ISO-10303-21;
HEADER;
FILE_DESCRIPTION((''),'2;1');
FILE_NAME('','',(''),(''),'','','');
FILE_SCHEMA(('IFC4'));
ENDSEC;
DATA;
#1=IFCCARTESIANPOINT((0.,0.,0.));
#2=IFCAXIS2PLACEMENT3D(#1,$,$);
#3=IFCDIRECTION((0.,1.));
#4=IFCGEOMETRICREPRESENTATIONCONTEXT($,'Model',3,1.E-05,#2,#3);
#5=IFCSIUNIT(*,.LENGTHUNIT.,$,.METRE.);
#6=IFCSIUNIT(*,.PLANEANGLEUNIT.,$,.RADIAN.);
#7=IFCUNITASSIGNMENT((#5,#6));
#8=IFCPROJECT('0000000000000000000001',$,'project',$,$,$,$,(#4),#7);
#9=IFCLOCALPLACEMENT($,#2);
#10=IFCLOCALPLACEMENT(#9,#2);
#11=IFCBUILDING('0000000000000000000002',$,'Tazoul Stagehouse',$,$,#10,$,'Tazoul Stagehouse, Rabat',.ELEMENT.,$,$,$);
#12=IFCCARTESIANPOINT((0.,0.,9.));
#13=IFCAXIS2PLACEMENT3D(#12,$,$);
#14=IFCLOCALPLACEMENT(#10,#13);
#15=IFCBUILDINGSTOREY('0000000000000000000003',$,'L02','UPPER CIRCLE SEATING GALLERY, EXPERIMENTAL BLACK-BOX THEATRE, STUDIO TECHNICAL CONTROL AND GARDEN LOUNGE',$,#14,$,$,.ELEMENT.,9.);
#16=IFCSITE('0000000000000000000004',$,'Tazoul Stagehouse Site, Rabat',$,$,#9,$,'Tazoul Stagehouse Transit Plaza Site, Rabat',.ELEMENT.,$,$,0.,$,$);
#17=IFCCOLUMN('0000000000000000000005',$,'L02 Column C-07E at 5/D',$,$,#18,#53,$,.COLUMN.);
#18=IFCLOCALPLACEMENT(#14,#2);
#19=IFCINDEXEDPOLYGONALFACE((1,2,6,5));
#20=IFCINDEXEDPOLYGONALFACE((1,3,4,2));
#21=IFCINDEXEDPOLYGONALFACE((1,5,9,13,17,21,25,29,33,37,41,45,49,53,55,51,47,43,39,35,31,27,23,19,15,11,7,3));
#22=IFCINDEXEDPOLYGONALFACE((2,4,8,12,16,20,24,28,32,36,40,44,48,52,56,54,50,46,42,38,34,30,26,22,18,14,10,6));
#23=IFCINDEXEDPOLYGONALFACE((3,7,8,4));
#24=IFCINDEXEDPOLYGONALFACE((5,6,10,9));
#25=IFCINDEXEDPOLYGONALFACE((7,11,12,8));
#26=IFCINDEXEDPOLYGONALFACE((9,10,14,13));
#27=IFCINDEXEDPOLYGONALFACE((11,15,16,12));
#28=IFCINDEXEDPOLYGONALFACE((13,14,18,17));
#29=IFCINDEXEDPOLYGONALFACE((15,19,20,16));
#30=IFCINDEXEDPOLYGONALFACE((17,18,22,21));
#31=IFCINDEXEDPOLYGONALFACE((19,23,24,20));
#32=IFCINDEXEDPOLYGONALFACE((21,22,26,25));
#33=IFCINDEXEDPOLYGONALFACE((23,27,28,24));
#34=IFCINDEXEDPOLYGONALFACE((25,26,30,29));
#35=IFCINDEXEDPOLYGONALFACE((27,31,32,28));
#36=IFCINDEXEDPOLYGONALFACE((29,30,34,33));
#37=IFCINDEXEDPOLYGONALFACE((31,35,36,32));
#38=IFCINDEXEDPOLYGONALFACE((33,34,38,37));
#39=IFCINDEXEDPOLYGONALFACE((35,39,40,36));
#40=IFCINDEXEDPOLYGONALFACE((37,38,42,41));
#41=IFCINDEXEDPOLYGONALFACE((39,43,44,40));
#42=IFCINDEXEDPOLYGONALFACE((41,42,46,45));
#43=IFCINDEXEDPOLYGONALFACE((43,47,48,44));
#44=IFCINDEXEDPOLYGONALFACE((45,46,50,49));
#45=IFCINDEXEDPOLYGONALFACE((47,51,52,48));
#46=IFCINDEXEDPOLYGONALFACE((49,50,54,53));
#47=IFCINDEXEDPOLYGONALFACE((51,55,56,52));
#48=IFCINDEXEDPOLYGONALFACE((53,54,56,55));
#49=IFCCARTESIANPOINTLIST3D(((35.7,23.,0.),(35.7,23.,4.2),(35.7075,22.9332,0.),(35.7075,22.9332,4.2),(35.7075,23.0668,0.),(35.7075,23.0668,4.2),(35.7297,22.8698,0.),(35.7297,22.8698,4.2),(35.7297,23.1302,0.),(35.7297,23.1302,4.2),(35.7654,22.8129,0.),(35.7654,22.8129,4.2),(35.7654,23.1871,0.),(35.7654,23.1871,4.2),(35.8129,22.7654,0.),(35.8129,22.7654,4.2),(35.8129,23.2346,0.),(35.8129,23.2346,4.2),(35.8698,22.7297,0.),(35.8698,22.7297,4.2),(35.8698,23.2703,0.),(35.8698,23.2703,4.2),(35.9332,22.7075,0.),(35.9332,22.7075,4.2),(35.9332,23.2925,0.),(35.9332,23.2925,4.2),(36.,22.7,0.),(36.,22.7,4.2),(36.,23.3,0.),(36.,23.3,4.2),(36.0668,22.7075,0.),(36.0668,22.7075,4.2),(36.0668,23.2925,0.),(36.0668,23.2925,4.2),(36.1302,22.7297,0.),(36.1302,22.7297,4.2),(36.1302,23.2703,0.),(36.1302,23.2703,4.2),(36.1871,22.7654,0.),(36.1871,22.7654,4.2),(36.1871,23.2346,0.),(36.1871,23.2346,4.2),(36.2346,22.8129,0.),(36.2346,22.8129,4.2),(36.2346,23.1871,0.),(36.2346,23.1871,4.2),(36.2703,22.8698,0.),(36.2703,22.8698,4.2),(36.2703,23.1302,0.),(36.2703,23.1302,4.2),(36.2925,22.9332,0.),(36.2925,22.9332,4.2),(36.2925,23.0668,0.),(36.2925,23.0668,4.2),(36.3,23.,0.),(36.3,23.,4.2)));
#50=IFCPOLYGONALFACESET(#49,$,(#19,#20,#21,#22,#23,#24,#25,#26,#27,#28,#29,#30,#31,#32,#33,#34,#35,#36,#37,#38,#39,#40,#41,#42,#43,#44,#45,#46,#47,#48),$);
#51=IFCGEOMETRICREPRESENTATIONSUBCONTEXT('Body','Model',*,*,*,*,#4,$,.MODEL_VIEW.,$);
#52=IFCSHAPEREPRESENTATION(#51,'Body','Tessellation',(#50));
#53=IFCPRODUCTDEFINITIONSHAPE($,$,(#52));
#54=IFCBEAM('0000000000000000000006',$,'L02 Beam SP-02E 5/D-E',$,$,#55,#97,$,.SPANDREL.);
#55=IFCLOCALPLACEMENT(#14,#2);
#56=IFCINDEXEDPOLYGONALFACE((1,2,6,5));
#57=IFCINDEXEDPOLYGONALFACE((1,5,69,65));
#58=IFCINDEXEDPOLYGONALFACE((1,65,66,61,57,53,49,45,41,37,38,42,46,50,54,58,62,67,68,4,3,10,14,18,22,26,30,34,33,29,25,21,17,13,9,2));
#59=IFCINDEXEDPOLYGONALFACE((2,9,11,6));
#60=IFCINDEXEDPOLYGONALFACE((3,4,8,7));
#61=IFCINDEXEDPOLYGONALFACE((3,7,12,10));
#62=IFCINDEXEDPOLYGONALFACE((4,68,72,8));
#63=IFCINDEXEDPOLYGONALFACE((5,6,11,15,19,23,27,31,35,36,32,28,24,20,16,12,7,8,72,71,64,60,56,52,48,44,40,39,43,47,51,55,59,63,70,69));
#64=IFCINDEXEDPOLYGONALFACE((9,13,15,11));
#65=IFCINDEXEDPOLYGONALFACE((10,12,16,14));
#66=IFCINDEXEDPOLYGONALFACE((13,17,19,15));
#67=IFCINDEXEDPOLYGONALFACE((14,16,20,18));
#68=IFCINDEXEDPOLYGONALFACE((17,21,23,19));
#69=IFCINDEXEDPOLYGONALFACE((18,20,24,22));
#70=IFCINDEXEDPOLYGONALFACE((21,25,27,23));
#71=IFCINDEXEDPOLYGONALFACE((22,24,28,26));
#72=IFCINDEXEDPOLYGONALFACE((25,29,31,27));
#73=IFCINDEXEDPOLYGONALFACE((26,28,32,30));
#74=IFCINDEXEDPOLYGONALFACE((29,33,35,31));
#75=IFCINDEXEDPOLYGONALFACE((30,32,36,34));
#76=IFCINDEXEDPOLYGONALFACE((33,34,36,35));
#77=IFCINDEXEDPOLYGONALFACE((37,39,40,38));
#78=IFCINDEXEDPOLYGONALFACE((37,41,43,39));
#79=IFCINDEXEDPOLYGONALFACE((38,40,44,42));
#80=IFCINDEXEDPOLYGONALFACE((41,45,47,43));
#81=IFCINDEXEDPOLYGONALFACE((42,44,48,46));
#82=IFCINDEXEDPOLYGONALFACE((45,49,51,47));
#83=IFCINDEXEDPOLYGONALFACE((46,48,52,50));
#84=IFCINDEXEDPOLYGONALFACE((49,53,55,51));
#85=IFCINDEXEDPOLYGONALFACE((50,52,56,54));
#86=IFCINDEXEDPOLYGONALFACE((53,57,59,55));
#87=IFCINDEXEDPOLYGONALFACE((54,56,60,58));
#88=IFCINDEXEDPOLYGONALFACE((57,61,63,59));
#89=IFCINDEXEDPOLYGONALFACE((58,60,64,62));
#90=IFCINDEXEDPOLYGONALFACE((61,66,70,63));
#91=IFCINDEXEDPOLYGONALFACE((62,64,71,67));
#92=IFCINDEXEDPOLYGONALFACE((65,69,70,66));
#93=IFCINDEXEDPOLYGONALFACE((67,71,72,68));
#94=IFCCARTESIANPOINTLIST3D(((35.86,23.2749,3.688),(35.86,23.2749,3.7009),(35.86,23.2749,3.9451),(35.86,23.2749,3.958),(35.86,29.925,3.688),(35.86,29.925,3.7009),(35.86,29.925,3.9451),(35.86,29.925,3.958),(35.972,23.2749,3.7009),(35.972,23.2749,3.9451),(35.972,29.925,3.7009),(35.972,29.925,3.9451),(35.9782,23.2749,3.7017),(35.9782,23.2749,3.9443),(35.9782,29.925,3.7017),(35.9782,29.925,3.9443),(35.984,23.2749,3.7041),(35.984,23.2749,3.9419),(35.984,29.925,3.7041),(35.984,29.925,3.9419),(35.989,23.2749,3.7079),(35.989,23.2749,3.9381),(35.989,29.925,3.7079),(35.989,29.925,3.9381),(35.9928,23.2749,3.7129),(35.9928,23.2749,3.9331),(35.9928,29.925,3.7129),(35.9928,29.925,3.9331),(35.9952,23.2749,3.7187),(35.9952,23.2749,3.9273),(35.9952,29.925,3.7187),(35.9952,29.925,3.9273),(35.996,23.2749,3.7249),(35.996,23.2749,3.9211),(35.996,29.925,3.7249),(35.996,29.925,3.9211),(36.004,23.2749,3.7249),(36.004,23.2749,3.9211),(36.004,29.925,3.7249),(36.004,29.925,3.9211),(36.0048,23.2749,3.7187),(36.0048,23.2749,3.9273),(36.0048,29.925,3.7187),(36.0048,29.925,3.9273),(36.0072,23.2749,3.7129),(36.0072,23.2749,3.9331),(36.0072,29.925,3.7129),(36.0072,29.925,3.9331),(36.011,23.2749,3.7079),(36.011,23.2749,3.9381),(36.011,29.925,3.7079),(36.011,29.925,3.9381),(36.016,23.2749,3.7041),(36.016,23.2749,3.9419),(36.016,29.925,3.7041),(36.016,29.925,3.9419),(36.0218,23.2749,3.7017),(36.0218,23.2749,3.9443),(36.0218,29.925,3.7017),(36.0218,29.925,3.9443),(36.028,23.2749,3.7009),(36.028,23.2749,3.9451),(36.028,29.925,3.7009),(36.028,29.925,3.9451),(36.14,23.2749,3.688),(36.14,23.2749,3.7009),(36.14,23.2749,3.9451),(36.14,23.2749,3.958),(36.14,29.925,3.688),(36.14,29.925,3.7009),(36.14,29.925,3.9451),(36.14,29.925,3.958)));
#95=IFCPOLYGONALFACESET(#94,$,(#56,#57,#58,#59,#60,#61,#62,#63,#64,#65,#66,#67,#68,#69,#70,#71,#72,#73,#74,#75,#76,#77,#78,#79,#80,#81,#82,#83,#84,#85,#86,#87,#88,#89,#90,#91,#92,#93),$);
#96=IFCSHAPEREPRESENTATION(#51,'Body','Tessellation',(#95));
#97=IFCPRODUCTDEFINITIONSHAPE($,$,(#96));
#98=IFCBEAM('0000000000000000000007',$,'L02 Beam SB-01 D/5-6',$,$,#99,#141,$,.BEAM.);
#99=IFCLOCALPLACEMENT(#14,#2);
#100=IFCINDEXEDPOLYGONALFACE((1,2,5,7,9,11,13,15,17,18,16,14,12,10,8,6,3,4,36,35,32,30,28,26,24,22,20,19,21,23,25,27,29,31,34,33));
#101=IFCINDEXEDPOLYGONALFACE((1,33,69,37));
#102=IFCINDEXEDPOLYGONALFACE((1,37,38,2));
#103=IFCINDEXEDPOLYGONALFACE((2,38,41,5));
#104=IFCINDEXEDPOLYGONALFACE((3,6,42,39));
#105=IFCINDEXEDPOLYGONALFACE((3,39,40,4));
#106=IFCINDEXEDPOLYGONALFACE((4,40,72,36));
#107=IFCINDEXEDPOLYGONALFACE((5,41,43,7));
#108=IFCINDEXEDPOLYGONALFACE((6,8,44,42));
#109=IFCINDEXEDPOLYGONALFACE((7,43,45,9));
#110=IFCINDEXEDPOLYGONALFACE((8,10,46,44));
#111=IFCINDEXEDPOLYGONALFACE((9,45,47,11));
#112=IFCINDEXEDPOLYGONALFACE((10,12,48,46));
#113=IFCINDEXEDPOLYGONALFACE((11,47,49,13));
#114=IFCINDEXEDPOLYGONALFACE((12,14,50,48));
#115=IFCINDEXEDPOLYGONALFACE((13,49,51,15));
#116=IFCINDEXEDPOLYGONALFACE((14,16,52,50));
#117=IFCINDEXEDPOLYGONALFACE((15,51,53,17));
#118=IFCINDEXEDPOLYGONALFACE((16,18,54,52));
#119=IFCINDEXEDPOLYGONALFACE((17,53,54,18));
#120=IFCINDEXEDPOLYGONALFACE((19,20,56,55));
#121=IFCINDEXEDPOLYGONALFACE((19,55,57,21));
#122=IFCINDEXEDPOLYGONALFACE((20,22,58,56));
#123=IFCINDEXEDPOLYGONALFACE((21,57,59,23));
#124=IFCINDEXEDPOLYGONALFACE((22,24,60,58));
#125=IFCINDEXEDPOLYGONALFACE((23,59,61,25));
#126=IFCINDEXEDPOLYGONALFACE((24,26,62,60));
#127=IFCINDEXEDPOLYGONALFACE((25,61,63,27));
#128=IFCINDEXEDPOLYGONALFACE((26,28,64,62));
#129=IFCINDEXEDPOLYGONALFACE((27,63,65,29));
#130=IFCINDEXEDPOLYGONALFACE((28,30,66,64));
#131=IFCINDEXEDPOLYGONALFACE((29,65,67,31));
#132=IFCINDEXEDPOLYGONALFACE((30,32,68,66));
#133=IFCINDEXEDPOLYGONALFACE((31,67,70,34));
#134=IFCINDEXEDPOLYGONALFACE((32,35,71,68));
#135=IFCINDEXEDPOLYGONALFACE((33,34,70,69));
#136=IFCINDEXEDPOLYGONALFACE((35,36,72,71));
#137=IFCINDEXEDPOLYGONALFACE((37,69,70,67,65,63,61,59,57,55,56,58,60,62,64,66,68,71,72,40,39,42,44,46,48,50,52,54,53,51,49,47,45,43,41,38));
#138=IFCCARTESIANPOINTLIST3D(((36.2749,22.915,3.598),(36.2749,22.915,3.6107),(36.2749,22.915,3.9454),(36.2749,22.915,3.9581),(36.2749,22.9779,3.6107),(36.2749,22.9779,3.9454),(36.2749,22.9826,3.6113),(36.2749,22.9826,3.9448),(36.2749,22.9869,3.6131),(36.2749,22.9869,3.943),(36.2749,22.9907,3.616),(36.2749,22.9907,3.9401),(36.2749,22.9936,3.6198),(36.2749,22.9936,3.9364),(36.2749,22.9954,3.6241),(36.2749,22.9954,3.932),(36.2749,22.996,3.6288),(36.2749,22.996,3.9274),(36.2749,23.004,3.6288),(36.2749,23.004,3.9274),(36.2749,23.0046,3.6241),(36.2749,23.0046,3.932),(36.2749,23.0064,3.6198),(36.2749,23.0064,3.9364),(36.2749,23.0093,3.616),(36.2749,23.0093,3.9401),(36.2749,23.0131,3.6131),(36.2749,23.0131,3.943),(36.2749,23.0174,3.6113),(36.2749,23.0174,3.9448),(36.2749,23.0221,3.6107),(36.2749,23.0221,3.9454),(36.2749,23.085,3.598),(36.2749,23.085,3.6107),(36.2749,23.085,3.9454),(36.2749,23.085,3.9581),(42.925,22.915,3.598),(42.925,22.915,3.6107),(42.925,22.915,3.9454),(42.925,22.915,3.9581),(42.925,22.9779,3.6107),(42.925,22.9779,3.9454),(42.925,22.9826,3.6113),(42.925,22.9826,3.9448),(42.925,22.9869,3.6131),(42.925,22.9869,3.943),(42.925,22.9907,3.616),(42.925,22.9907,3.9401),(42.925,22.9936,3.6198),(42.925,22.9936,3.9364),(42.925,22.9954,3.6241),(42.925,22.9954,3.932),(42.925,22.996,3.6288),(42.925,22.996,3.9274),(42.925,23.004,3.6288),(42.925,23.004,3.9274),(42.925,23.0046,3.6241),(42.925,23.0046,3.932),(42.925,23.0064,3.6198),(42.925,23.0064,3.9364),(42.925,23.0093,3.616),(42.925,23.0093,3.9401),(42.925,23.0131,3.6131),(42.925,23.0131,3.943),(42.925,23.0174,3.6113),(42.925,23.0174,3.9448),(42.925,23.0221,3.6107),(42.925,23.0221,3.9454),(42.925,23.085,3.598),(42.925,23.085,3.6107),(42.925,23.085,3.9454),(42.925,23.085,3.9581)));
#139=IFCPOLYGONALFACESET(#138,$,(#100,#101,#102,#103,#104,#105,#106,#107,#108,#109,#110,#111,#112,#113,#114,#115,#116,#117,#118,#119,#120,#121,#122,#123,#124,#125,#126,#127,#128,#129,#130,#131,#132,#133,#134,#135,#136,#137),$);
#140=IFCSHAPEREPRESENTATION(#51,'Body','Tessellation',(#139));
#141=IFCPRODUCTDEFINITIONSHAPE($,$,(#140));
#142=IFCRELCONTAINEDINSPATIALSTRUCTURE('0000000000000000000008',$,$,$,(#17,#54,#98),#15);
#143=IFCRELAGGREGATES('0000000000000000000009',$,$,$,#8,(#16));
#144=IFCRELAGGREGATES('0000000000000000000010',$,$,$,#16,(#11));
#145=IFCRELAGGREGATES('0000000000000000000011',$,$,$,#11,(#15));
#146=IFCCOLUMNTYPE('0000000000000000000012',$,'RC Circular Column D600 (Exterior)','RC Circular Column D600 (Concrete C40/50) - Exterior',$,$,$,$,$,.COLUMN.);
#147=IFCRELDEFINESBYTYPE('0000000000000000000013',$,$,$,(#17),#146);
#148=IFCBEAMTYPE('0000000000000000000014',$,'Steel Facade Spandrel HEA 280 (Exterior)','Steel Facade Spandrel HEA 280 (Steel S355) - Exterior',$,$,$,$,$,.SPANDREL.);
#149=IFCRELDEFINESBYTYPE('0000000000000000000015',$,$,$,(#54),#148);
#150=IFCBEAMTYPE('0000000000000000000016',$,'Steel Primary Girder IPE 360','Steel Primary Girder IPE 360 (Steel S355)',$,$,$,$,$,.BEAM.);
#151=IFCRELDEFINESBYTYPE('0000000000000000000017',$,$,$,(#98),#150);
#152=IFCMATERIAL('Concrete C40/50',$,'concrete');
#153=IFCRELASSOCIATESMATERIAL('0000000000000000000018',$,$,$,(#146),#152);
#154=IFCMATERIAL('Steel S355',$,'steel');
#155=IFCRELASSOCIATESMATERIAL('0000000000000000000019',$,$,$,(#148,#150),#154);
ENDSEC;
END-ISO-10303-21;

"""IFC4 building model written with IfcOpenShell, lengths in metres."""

from ifc_helpers import new_model, si_unit, direction, frame, origin, origin_2d, place, context, subcontext, project, spatial, circle, i_section, extrude, material, material_profile, profile_set, type_object, element, save


model = new_model("IFC4")

# Units and contexts
model_context = context("Model", 3, precision=1e-05, world=origin(), true_north=direction((0.0, 1.0)))
body_context = subcontext(model_context, "Body", "Model", "MODEL_VIEW")
ifc_project = project(units=[si_unit("LENGTHUNIT", "METRE"), si_unit("PLANEANGLEUNIT", "RADIAN")], contexts=[model_context])

# Site, building, storey
site_placement = place(None, origin())
site = spatial("IfcSite", under=ifc_project, at=site_placement, Name="Tazoul Stagehouse Site, Rabat", LongName="Tazoul Stagehouse Transit Plaza Site, Rabat", CompositionType="ELEMENT", RefElevation=0.0)
building_placement = place(site_placement, origin())
building = spatial("IfcBuilding", under=site, at=building_placement, Name="Tazoul Stagehouse", LongName="Tazoul Stagehouse, Rabat", CompositionType="ELEMENT")
storey_placement = place(building_placement, frame((0.0, 0.0, 9.0)))
storey = spatial("IfcBuildingStorey", under=building, at=storey_placement, Name="L02", Description="UPPER CIRCLE SEATING GALLERY, EXPERIMENTAL BLACK-BOX THEATRE, STUDIO TECHNICAL CONTROL AND GARDEN LOUNGE", CompositionType="ELEMENT", Elevation=9.0)

# Column
ifc_material_1 = material(Name="Concrete C40/50", Category="concrete")
ifc_material_profile_1 = material_profile(ifc_material_1, circle(Radius=0.3, at=origin_2d()), Name="RC D600")
ifc_profile_set_1 = profile_set([ifc_material_profile_1], Name="Concrete C40/50")
column_type = type_object("IfcColumnType", Name="RC Circular Column D600 (Exterior)", Description="RC Circular Column D600 (Concrete C40/50) - Exterior", PredefinedType="COLUMN", material=ifc_profile_set_1)
column_placement = place(storey_placement, frame((36.0, 23.0, 0.0), z_axis=(0.0, 0.0, 1.0), x_axis=(1.0, 0.0, 0.0)))
element("IfcColumn", 1, at=column_placement, inside=storey, type_object=column_type, Name="L02 Column C-07E at 5/D", PredefinedType="COLUMN", context=body_context, shape_type="SweptSolid", body=[
    extrude(circle(Radius=0.3, at=origin_2d()), origin(), (0.0, 0.0, 1.0), 4.2),
])

# Beams
ifc_material_2 = material(Name="Steel S355", Category="steel")
ifc_material_profile_2 = material_profile(ifc_material_2, i_section(OverallWidth=0.28, OverallDepth=0.27, WebThickness=0.0081, FlangeThickness=0.0129, FilletRadius=0.0239, at=origin_2d()), Name="HEA 280")
ifc_profile_set_2 = profile_set([ifc_material_profile_2], Name="Steel S355")
beam_type_1 = type_object("IfcBeamType", Name="Steel Facade Spandrel HEA 280 (Exterior)", Description="Steel Facade Spandrel HEA 280 (Steel S355) - Exterior", PredefinedType="SPANDREL", material=ifc_profile_set_2)
beam_1_placement = place(storey_placement, frame((36.0, 23.2749, 3.823), z_axis=(0.0, 1.0, 0.0), x_axis=(-1.0, 0.0, 0.0)))
element("IfcBeam", 2, at=beam_1_placement, inside=storey, type_object=beam_type_1, Name="L02 Beam SP-02E 5/D-E", PredefinedType="SPANDREL", context=body_context, shape_type="SweptSolid", body=[
    extrude(i_section(OverallWidth=0.28, OverallDepth=0.27, WebThickness=0.0081, FlangeThickness=0.0129, FilletRadius=0.0239, at=origin_2d()), origin(), (0.0, 0.0, 1.0), 6.6501),
])
ifc_material_profile_3 = material_profile(ifc_material_2, i_section(OverallWidth=0.1699, OverallDepth=0.3601, WebThickness=0.0081, FlangeThickness=0.0127, FilletRadius=0.0181, at=origin_2d()), Name="IPE 360")
ifc_profile_set_3 = profile_set([ifc_material_profile_3], Name="Steel S355")
beam_type_2 = type_object("IfcBeamType", Name="Steel Primary Girder IPE 360", Description="Steel Primary Girder IPE 360 (Steel S355)", PredefinedType="BEAM", material=ifc_profile_set_3)
beam_2_placement = place(storey_placement, frame((36.2749, 23.0, 3.7781), z_axis=(1.0, 0.0, 0.0), x_axis=(0.0, 1.0, 0.0)))
element("IfcBeam", 3, at=beam_2_placement, inside=storey, type_object=beam_type_2, Name="L02 Beam SB-01 D/5-6", PredefinedType="BEAM", context=body_context, shape_type="SweptSolid", body=[
    extrude(i_section(OverallWidth=0.1699, OverallDepth=0.3601, WebThickness=0.0081, FlangeThickness=0.0127, FilletRadius=0.0181, at=origin_2d()), origin(), (0.0, 0.0, 1.0), 6.6501),
])

save(model, "model.ifc")
